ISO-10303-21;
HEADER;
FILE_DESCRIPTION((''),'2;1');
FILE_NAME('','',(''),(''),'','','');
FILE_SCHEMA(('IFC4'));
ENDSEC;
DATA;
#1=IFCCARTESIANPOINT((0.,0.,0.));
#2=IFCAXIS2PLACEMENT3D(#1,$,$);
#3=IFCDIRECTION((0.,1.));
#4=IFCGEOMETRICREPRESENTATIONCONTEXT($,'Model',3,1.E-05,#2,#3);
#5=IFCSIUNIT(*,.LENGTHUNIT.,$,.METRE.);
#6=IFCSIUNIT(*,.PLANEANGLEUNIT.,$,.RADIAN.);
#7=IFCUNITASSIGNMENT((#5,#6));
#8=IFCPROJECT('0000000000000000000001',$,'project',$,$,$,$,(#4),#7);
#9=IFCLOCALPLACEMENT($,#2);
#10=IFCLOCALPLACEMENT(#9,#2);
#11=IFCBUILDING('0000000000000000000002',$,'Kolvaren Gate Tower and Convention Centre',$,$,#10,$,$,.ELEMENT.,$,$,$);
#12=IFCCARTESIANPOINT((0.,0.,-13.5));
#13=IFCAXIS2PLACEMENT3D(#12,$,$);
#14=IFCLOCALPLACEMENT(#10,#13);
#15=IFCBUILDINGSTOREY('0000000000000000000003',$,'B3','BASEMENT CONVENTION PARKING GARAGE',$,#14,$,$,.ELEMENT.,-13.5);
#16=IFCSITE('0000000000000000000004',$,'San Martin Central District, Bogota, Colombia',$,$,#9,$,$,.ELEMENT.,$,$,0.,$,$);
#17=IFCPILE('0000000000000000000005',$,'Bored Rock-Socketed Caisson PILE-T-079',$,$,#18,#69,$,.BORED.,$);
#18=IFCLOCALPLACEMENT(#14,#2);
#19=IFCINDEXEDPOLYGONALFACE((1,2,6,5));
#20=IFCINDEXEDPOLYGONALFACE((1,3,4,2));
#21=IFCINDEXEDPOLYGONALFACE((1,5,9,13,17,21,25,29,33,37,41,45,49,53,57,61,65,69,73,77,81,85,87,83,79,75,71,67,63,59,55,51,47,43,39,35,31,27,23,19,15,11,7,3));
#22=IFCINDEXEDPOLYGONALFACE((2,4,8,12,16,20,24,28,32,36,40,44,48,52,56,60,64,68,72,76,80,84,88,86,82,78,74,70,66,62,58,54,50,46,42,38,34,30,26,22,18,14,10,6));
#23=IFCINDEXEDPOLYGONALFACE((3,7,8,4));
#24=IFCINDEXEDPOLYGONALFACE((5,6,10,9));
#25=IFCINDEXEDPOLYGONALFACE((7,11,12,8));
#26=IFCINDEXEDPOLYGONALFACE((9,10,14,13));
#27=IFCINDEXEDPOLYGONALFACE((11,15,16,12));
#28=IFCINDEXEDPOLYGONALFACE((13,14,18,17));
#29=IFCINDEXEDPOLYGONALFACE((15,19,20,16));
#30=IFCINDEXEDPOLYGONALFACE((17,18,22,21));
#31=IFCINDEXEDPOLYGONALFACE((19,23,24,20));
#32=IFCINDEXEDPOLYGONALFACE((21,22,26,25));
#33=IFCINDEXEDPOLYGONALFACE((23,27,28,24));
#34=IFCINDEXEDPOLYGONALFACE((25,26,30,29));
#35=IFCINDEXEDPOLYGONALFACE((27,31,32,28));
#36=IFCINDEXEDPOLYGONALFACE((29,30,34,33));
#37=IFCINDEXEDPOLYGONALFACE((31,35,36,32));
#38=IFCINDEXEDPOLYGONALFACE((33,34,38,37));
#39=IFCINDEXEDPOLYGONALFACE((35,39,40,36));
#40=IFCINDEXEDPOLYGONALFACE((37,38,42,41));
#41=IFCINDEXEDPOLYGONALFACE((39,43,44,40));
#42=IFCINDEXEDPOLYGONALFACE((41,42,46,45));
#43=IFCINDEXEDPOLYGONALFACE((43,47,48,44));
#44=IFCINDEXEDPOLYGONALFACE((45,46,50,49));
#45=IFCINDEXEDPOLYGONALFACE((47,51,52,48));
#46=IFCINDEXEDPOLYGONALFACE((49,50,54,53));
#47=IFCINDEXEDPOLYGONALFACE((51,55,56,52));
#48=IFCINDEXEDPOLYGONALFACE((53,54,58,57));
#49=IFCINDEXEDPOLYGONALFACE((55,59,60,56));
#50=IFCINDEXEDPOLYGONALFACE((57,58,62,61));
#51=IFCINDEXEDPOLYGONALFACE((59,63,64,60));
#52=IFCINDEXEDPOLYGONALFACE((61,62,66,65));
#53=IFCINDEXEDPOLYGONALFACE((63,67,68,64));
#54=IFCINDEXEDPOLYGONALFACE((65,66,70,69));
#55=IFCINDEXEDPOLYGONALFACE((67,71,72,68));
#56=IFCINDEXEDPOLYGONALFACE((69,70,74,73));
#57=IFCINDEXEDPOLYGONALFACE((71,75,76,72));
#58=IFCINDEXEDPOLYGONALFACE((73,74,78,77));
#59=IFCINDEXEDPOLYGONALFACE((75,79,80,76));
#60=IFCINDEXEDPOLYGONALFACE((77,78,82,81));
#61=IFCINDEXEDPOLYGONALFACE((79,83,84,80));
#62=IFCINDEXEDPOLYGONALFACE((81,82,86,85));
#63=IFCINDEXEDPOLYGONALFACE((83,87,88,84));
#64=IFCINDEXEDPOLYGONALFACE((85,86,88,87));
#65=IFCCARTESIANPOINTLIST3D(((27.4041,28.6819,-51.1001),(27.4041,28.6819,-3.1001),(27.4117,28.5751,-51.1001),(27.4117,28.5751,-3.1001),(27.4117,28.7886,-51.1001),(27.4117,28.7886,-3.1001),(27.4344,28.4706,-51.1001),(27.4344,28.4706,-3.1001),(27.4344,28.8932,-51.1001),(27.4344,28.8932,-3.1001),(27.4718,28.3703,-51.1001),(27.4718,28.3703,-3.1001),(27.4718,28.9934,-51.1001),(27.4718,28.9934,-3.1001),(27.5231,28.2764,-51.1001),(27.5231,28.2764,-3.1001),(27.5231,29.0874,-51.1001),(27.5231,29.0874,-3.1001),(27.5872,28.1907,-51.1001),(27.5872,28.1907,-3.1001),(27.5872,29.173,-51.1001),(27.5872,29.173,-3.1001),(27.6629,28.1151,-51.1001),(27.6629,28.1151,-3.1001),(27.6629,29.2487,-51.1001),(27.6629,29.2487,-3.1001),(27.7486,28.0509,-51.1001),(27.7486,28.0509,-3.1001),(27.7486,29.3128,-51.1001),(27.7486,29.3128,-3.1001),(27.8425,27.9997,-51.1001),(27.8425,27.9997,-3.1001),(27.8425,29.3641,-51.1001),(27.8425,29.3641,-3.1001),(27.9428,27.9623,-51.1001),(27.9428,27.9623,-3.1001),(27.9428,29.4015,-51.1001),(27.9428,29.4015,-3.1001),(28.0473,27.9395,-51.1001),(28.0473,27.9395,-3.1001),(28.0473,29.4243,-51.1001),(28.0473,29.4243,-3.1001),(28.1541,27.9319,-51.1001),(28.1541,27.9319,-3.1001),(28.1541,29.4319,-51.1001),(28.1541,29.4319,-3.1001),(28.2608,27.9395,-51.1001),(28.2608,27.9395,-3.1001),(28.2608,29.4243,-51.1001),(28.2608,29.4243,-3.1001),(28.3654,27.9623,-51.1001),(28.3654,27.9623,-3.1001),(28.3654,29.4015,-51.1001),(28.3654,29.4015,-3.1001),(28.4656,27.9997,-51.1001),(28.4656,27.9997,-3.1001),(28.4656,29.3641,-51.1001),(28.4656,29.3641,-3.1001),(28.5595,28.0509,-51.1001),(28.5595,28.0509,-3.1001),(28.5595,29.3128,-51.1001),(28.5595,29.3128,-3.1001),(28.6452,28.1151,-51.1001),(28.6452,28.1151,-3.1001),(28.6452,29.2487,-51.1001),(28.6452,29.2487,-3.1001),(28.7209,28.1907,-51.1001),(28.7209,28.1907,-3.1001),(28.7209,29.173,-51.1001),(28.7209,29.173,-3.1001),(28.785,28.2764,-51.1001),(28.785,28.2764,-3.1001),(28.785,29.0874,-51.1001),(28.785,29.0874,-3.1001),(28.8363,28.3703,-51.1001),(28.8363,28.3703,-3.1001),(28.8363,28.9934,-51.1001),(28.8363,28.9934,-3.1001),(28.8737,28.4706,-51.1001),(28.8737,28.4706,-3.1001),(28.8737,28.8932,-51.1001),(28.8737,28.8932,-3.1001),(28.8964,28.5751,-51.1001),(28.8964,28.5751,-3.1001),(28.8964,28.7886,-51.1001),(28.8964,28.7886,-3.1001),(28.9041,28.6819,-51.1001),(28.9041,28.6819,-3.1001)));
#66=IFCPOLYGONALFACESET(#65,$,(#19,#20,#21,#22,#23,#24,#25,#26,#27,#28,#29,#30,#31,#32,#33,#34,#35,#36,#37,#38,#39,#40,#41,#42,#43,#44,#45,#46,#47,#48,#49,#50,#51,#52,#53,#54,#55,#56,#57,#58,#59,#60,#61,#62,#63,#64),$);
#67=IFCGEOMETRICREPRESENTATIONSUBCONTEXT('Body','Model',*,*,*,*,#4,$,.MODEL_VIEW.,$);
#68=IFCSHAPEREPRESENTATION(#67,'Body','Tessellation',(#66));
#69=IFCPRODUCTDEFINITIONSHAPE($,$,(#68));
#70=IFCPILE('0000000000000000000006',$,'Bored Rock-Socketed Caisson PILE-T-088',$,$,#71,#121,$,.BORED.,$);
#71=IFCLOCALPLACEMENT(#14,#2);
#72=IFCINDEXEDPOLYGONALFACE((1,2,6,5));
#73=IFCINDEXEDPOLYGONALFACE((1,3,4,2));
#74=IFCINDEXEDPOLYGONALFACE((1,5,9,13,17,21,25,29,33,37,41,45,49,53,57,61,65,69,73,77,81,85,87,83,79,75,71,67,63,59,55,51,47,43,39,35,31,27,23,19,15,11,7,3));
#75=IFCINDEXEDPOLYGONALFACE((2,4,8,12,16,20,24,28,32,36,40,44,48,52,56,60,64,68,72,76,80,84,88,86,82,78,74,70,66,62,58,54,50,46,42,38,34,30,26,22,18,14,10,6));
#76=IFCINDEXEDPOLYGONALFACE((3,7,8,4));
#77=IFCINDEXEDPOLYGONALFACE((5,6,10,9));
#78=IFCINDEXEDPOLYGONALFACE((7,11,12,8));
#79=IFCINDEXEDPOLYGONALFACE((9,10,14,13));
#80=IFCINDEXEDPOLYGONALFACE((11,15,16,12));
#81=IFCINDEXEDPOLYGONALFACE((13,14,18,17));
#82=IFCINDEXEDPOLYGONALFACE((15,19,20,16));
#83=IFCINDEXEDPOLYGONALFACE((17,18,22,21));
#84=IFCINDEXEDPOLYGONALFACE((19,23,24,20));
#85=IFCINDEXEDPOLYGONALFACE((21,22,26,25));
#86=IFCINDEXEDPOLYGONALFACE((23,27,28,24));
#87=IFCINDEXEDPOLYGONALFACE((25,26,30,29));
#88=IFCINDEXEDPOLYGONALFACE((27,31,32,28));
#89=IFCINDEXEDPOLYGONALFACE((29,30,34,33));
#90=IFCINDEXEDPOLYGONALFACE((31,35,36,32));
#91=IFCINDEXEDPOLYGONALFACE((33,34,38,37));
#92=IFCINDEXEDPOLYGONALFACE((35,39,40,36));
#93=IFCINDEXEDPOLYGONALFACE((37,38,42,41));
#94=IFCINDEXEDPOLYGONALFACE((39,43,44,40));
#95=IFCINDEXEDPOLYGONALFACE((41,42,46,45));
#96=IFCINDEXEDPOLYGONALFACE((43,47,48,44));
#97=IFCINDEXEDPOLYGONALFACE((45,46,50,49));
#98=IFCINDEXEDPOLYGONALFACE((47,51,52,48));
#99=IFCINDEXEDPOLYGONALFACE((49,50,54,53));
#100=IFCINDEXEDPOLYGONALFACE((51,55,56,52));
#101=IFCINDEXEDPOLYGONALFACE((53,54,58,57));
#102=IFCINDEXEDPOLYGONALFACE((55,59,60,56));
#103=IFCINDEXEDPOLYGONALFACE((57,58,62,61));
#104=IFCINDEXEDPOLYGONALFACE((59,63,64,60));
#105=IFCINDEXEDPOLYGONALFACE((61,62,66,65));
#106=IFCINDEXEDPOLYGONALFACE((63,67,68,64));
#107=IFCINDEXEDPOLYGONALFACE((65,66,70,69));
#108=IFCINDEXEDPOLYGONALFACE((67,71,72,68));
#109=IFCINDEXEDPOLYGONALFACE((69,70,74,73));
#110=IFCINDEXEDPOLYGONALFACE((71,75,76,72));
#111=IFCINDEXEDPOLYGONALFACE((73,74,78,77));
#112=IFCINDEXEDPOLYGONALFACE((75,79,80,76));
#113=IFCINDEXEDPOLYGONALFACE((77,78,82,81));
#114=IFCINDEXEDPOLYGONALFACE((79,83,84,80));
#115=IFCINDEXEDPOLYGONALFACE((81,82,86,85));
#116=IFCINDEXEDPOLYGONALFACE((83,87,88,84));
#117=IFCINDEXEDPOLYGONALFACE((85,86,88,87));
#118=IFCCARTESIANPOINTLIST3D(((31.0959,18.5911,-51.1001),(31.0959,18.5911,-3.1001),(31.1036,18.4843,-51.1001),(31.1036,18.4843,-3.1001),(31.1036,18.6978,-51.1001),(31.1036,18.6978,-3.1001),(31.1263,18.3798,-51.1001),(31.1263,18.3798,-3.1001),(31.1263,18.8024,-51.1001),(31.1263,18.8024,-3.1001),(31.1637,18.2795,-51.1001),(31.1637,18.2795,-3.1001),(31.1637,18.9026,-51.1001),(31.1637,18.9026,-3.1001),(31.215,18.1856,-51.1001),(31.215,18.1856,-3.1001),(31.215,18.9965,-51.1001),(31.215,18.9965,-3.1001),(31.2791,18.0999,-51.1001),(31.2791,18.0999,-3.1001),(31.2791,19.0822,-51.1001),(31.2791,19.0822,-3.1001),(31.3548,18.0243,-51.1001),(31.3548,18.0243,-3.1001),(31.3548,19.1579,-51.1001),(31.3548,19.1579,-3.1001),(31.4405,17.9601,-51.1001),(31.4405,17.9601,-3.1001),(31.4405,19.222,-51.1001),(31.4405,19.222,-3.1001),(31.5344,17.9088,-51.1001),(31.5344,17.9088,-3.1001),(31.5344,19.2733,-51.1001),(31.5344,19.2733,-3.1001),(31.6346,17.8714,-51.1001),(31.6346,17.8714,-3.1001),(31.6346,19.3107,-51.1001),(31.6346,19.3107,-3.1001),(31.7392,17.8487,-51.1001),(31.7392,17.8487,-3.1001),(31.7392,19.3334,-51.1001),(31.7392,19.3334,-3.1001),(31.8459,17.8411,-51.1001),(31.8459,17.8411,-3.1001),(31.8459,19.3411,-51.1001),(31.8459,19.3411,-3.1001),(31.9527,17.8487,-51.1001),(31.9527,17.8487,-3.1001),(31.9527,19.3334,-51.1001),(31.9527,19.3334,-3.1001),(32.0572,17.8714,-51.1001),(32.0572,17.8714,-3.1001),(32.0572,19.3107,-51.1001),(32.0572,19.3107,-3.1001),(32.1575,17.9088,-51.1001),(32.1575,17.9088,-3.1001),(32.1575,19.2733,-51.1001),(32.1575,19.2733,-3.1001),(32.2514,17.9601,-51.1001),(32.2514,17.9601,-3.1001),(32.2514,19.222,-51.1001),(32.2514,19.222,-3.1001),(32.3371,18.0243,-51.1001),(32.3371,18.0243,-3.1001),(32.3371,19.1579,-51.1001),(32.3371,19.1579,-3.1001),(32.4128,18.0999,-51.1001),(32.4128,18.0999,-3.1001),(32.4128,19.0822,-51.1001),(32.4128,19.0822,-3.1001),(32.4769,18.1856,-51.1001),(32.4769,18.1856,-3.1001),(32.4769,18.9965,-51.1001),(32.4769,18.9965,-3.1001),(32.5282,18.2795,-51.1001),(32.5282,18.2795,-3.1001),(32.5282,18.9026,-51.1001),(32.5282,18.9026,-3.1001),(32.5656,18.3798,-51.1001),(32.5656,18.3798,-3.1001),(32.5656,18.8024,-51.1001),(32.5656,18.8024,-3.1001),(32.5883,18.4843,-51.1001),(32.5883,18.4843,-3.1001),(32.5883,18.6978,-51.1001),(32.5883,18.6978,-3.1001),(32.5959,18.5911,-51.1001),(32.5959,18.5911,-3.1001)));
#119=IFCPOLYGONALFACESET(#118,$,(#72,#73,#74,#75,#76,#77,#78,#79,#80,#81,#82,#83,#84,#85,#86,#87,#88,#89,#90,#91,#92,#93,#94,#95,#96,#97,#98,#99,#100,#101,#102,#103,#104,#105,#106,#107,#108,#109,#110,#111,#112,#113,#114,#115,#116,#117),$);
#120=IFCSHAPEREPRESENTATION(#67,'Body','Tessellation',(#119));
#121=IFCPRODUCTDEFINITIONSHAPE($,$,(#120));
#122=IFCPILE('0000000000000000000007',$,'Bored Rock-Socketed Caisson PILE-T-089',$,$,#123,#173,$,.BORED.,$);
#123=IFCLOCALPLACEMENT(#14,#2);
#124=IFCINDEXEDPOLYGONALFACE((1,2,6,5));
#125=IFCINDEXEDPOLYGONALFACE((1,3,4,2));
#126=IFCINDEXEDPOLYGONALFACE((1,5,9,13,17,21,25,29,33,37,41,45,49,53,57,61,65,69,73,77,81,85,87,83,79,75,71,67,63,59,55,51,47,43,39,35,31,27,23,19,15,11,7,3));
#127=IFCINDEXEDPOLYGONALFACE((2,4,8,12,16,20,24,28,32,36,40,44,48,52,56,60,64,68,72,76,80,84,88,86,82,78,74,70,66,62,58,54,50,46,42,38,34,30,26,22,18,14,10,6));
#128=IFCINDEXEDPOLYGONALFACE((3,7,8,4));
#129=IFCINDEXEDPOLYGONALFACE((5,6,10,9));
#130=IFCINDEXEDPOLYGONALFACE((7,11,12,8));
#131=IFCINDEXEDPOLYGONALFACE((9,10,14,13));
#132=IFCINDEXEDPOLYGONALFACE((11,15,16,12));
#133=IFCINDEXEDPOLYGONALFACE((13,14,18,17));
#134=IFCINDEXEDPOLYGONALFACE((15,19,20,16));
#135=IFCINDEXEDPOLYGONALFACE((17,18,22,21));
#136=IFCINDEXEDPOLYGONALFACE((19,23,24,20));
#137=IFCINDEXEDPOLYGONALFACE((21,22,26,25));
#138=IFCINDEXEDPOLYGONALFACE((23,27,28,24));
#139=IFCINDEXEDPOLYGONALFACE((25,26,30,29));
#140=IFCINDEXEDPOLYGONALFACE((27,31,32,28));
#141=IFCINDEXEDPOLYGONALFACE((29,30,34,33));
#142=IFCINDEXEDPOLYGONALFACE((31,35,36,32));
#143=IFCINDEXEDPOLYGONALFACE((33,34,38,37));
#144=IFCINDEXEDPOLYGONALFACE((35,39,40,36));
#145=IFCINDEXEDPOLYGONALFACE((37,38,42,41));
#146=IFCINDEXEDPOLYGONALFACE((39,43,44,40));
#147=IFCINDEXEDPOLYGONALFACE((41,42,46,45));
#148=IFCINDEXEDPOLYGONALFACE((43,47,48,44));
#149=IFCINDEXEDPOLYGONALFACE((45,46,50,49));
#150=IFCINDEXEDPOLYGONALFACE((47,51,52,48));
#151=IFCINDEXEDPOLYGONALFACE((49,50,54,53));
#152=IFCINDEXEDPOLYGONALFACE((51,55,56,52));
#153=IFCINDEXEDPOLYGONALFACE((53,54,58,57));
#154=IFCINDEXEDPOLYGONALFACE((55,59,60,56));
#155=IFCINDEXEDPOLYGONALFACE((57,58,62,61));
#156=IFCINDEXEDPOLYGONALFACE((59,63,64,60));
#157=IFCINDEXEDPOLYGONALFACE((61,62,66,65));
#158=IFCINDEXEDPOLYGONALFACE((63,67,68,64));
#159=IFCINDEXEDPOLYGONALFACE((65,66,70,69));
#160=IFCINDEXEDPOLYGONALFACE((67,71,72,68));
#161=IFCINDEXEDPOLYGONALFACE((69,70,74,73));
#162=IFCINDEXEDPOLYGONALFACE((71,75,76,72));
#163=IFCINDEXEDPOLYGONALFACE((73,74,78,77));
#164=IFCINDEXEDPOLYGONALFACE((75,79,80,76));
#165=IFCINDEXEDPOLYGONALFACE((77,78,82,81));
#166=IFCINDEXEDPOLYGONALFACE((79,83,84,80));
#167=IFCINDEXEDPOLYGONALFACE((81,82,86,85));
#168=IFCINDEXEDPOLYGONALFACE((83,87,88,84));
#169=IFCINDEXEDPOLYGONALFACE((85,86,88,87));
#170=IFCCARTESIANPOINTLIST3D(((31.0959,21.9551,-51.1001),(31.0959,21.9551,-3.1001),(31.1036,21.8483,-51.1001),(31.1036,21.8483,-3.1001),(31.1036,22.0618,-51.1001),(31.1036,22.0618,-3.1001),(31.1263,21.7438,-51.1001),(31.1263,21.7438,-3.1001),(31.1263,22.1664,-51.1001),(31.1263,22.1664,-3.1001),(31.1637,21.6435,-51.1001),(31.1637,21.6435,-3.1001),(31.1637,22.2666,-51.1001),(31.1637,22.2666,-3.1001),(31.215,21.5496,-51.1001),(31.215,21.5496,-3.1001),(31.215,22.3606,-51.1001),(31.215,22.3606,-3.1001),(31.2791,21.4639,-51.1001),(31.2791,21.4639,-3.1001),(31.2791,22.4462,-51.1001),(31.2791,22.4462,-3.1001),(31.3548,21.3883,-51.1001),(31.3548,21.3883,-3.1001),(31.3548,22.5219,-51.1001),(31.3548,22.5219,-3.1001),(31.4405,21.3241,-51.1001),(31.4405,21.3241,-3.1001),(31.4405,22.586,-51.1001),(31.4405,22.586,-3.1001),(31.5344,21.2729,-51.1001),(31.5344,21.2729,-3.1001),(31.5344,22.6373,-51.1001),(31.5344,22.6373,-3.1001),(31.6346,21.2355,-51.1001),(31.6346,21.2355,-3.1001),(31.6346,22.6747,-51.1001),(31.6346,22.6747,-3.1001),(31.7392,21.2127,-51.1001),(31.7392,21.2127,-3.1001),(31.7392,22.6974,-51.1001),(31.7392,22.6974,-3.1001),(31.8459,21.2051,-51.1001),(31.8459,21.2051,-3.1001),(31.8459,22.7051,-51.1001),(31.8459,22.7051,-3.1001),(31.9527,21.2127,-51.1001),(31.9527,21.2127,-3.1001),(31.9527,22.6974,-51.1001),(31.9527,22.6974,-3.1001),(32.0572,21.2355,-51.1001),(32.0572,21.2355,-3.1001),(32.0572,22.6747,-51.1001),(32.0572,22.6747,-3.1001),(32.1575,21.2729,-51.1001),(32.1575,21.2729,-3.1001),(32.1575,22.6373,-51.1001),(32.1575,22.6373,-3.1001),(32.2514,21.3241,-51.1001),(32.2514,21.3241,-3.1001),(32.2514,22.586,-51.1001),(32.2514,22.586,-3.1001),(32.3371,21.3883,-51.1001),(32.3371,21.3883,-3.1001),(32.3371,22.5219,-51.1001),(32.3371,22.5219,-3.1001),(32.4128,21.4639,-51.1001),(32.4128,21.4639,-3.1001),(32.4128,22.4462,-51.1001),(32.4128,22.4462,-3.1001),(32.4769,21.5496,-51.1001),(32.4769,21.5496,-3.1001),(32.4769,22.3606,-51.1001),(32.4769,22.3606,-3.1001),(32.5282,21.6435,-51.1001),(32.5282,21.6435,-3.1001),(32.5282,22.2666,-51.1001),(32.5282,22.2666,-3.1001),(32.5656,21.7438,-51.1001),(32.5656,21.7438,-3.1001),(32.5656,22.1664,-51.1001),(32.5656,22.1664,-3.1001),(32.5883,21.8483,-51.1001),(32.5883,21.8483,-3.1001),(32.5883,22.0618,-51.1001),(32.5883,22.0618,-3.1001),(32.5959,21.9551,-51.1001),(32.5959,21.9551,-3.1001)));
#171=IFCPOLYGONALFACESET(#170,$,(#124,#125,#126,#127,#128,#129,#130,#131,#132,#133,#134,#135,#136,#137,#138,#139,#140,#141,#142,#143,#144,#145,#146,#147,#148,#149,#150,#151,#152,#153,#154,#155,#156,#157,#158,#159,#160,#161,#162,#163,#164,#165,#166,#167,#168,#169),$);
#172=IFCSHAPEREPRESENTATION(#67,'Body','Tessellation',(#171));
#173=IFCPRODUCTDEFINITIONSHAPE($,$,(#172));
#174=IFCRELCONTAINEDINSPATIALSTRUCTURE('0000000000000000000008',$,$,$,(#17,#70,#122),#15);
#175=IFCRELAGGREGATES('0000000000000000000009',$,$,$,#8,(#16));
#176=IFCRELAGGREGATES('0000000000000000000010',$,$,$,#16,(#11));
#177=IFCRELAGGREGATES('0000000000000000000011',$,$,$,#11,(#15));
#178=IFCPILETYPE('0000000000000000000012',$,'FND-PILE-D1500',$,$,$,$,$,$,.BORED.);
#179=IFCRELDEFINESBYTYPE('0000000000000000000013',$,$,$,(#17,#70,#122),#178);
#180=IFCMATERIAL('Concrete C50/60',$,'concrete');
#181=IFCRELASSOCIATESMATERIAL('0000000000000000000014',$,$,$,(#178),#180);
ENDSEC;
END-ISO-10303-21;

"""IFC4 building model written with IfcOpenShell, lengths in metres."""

from ifc_helpers import new_model, si_unit, direction, frame, origin, origin_2d, place, context, subcontext, project, spatial, circle, extrude, material, material_profile, profile_set, type_object, element, save


model = new_model("IFC4")

# Units and contexts
model_context = context("Model", 3, precision=1e-05, world=origin(), true_north=direction((0.0, 1.0)))
body_context = subcontext(model_context, "Body", "Model", "MODEL_VIEW")
ifc_project = project(units=[si_unit("LENGTHUNIT", "METRE"), si_unit("PLANEANGLEUNIT", "RADIAN")], contexts=[model_context])

# Site, building, storey
site_placement = place(None, origin())
site = spatial("IfcSite", under=ifc_project, at=site_placement, Name="San Martin Central District, Bogota, Colombia", CompositionType="ELEMENT", RefElevation=0.0)
building_placement = place(site_placement, origin())
building = spatial("IfcBuilding", under=site, at=building_placement, Name="Kolvaren Gate Tower and Convention Centre", CompositionType="ELEMENT")
storey_placement = place(building_placement, frame((0.0, 0.0, -13.5)))
storey = spatial("IfcBuildingStorey", under=building, at=storey_placement, Name="B3", Description="BASEMENT CONVENTION PARKING GARAGE", CompositionType="ELEMENT", Elevation=-13.5)

# Piles
ifc_material_1 = material(Name="Concrete C50/60", Category="concrete")
ifc_material_profile_1 = material_profile(ifc_material_1, circle(Radius=0.75, at=origin_2d()), Name="CAISSON-D1500")
ifc_profile_set_1 = profile_set([ifc_material_profile_1], Name="Concrete C50/60")
pile_type = type_object("IfcPileType", Name="FND-PILE-D1500", PredefinedType="BORED", material=ifc_profile_set_1)
for number, where, z_axis, x_axis, name in (
    (1, (28.1541, 28.6819, -3.1001), (0.0, 0.0, -1.0), (1.0, 0.0, 0.0), "Bored Rock-Socketed Caisson PILE-T-079"),
    (2, (31.8459, 18.5911, -3.1001), (0.0, 0.0, -1.0), (1.0, 0.0, 0.0), "Bored Rock-Socketed Caisson PILE-T-088"),
    (3, (31.8459, 21.9551, -3.1001), (0.0, 0.0, -1.0), (1.0, 0.0, 0.0), "Bored Rock-Socketed Caisson PILE-T-089"),
):
    element("IfcPile", number, at=place(storey_placement, frame(where, z_axis=z_axis, x_axis=x_axis)), inside=storey, type_object=pile_type, Name=name, PredefinedType="BORED", context=body_context, shape_type="SweptSolid", body=[
        extrude(circle(Radius=0.75, at=origin_2d()), origin(), (0.0, 0.0, 1.0), 48.0),
    ])

save(model, "model.ifc")
